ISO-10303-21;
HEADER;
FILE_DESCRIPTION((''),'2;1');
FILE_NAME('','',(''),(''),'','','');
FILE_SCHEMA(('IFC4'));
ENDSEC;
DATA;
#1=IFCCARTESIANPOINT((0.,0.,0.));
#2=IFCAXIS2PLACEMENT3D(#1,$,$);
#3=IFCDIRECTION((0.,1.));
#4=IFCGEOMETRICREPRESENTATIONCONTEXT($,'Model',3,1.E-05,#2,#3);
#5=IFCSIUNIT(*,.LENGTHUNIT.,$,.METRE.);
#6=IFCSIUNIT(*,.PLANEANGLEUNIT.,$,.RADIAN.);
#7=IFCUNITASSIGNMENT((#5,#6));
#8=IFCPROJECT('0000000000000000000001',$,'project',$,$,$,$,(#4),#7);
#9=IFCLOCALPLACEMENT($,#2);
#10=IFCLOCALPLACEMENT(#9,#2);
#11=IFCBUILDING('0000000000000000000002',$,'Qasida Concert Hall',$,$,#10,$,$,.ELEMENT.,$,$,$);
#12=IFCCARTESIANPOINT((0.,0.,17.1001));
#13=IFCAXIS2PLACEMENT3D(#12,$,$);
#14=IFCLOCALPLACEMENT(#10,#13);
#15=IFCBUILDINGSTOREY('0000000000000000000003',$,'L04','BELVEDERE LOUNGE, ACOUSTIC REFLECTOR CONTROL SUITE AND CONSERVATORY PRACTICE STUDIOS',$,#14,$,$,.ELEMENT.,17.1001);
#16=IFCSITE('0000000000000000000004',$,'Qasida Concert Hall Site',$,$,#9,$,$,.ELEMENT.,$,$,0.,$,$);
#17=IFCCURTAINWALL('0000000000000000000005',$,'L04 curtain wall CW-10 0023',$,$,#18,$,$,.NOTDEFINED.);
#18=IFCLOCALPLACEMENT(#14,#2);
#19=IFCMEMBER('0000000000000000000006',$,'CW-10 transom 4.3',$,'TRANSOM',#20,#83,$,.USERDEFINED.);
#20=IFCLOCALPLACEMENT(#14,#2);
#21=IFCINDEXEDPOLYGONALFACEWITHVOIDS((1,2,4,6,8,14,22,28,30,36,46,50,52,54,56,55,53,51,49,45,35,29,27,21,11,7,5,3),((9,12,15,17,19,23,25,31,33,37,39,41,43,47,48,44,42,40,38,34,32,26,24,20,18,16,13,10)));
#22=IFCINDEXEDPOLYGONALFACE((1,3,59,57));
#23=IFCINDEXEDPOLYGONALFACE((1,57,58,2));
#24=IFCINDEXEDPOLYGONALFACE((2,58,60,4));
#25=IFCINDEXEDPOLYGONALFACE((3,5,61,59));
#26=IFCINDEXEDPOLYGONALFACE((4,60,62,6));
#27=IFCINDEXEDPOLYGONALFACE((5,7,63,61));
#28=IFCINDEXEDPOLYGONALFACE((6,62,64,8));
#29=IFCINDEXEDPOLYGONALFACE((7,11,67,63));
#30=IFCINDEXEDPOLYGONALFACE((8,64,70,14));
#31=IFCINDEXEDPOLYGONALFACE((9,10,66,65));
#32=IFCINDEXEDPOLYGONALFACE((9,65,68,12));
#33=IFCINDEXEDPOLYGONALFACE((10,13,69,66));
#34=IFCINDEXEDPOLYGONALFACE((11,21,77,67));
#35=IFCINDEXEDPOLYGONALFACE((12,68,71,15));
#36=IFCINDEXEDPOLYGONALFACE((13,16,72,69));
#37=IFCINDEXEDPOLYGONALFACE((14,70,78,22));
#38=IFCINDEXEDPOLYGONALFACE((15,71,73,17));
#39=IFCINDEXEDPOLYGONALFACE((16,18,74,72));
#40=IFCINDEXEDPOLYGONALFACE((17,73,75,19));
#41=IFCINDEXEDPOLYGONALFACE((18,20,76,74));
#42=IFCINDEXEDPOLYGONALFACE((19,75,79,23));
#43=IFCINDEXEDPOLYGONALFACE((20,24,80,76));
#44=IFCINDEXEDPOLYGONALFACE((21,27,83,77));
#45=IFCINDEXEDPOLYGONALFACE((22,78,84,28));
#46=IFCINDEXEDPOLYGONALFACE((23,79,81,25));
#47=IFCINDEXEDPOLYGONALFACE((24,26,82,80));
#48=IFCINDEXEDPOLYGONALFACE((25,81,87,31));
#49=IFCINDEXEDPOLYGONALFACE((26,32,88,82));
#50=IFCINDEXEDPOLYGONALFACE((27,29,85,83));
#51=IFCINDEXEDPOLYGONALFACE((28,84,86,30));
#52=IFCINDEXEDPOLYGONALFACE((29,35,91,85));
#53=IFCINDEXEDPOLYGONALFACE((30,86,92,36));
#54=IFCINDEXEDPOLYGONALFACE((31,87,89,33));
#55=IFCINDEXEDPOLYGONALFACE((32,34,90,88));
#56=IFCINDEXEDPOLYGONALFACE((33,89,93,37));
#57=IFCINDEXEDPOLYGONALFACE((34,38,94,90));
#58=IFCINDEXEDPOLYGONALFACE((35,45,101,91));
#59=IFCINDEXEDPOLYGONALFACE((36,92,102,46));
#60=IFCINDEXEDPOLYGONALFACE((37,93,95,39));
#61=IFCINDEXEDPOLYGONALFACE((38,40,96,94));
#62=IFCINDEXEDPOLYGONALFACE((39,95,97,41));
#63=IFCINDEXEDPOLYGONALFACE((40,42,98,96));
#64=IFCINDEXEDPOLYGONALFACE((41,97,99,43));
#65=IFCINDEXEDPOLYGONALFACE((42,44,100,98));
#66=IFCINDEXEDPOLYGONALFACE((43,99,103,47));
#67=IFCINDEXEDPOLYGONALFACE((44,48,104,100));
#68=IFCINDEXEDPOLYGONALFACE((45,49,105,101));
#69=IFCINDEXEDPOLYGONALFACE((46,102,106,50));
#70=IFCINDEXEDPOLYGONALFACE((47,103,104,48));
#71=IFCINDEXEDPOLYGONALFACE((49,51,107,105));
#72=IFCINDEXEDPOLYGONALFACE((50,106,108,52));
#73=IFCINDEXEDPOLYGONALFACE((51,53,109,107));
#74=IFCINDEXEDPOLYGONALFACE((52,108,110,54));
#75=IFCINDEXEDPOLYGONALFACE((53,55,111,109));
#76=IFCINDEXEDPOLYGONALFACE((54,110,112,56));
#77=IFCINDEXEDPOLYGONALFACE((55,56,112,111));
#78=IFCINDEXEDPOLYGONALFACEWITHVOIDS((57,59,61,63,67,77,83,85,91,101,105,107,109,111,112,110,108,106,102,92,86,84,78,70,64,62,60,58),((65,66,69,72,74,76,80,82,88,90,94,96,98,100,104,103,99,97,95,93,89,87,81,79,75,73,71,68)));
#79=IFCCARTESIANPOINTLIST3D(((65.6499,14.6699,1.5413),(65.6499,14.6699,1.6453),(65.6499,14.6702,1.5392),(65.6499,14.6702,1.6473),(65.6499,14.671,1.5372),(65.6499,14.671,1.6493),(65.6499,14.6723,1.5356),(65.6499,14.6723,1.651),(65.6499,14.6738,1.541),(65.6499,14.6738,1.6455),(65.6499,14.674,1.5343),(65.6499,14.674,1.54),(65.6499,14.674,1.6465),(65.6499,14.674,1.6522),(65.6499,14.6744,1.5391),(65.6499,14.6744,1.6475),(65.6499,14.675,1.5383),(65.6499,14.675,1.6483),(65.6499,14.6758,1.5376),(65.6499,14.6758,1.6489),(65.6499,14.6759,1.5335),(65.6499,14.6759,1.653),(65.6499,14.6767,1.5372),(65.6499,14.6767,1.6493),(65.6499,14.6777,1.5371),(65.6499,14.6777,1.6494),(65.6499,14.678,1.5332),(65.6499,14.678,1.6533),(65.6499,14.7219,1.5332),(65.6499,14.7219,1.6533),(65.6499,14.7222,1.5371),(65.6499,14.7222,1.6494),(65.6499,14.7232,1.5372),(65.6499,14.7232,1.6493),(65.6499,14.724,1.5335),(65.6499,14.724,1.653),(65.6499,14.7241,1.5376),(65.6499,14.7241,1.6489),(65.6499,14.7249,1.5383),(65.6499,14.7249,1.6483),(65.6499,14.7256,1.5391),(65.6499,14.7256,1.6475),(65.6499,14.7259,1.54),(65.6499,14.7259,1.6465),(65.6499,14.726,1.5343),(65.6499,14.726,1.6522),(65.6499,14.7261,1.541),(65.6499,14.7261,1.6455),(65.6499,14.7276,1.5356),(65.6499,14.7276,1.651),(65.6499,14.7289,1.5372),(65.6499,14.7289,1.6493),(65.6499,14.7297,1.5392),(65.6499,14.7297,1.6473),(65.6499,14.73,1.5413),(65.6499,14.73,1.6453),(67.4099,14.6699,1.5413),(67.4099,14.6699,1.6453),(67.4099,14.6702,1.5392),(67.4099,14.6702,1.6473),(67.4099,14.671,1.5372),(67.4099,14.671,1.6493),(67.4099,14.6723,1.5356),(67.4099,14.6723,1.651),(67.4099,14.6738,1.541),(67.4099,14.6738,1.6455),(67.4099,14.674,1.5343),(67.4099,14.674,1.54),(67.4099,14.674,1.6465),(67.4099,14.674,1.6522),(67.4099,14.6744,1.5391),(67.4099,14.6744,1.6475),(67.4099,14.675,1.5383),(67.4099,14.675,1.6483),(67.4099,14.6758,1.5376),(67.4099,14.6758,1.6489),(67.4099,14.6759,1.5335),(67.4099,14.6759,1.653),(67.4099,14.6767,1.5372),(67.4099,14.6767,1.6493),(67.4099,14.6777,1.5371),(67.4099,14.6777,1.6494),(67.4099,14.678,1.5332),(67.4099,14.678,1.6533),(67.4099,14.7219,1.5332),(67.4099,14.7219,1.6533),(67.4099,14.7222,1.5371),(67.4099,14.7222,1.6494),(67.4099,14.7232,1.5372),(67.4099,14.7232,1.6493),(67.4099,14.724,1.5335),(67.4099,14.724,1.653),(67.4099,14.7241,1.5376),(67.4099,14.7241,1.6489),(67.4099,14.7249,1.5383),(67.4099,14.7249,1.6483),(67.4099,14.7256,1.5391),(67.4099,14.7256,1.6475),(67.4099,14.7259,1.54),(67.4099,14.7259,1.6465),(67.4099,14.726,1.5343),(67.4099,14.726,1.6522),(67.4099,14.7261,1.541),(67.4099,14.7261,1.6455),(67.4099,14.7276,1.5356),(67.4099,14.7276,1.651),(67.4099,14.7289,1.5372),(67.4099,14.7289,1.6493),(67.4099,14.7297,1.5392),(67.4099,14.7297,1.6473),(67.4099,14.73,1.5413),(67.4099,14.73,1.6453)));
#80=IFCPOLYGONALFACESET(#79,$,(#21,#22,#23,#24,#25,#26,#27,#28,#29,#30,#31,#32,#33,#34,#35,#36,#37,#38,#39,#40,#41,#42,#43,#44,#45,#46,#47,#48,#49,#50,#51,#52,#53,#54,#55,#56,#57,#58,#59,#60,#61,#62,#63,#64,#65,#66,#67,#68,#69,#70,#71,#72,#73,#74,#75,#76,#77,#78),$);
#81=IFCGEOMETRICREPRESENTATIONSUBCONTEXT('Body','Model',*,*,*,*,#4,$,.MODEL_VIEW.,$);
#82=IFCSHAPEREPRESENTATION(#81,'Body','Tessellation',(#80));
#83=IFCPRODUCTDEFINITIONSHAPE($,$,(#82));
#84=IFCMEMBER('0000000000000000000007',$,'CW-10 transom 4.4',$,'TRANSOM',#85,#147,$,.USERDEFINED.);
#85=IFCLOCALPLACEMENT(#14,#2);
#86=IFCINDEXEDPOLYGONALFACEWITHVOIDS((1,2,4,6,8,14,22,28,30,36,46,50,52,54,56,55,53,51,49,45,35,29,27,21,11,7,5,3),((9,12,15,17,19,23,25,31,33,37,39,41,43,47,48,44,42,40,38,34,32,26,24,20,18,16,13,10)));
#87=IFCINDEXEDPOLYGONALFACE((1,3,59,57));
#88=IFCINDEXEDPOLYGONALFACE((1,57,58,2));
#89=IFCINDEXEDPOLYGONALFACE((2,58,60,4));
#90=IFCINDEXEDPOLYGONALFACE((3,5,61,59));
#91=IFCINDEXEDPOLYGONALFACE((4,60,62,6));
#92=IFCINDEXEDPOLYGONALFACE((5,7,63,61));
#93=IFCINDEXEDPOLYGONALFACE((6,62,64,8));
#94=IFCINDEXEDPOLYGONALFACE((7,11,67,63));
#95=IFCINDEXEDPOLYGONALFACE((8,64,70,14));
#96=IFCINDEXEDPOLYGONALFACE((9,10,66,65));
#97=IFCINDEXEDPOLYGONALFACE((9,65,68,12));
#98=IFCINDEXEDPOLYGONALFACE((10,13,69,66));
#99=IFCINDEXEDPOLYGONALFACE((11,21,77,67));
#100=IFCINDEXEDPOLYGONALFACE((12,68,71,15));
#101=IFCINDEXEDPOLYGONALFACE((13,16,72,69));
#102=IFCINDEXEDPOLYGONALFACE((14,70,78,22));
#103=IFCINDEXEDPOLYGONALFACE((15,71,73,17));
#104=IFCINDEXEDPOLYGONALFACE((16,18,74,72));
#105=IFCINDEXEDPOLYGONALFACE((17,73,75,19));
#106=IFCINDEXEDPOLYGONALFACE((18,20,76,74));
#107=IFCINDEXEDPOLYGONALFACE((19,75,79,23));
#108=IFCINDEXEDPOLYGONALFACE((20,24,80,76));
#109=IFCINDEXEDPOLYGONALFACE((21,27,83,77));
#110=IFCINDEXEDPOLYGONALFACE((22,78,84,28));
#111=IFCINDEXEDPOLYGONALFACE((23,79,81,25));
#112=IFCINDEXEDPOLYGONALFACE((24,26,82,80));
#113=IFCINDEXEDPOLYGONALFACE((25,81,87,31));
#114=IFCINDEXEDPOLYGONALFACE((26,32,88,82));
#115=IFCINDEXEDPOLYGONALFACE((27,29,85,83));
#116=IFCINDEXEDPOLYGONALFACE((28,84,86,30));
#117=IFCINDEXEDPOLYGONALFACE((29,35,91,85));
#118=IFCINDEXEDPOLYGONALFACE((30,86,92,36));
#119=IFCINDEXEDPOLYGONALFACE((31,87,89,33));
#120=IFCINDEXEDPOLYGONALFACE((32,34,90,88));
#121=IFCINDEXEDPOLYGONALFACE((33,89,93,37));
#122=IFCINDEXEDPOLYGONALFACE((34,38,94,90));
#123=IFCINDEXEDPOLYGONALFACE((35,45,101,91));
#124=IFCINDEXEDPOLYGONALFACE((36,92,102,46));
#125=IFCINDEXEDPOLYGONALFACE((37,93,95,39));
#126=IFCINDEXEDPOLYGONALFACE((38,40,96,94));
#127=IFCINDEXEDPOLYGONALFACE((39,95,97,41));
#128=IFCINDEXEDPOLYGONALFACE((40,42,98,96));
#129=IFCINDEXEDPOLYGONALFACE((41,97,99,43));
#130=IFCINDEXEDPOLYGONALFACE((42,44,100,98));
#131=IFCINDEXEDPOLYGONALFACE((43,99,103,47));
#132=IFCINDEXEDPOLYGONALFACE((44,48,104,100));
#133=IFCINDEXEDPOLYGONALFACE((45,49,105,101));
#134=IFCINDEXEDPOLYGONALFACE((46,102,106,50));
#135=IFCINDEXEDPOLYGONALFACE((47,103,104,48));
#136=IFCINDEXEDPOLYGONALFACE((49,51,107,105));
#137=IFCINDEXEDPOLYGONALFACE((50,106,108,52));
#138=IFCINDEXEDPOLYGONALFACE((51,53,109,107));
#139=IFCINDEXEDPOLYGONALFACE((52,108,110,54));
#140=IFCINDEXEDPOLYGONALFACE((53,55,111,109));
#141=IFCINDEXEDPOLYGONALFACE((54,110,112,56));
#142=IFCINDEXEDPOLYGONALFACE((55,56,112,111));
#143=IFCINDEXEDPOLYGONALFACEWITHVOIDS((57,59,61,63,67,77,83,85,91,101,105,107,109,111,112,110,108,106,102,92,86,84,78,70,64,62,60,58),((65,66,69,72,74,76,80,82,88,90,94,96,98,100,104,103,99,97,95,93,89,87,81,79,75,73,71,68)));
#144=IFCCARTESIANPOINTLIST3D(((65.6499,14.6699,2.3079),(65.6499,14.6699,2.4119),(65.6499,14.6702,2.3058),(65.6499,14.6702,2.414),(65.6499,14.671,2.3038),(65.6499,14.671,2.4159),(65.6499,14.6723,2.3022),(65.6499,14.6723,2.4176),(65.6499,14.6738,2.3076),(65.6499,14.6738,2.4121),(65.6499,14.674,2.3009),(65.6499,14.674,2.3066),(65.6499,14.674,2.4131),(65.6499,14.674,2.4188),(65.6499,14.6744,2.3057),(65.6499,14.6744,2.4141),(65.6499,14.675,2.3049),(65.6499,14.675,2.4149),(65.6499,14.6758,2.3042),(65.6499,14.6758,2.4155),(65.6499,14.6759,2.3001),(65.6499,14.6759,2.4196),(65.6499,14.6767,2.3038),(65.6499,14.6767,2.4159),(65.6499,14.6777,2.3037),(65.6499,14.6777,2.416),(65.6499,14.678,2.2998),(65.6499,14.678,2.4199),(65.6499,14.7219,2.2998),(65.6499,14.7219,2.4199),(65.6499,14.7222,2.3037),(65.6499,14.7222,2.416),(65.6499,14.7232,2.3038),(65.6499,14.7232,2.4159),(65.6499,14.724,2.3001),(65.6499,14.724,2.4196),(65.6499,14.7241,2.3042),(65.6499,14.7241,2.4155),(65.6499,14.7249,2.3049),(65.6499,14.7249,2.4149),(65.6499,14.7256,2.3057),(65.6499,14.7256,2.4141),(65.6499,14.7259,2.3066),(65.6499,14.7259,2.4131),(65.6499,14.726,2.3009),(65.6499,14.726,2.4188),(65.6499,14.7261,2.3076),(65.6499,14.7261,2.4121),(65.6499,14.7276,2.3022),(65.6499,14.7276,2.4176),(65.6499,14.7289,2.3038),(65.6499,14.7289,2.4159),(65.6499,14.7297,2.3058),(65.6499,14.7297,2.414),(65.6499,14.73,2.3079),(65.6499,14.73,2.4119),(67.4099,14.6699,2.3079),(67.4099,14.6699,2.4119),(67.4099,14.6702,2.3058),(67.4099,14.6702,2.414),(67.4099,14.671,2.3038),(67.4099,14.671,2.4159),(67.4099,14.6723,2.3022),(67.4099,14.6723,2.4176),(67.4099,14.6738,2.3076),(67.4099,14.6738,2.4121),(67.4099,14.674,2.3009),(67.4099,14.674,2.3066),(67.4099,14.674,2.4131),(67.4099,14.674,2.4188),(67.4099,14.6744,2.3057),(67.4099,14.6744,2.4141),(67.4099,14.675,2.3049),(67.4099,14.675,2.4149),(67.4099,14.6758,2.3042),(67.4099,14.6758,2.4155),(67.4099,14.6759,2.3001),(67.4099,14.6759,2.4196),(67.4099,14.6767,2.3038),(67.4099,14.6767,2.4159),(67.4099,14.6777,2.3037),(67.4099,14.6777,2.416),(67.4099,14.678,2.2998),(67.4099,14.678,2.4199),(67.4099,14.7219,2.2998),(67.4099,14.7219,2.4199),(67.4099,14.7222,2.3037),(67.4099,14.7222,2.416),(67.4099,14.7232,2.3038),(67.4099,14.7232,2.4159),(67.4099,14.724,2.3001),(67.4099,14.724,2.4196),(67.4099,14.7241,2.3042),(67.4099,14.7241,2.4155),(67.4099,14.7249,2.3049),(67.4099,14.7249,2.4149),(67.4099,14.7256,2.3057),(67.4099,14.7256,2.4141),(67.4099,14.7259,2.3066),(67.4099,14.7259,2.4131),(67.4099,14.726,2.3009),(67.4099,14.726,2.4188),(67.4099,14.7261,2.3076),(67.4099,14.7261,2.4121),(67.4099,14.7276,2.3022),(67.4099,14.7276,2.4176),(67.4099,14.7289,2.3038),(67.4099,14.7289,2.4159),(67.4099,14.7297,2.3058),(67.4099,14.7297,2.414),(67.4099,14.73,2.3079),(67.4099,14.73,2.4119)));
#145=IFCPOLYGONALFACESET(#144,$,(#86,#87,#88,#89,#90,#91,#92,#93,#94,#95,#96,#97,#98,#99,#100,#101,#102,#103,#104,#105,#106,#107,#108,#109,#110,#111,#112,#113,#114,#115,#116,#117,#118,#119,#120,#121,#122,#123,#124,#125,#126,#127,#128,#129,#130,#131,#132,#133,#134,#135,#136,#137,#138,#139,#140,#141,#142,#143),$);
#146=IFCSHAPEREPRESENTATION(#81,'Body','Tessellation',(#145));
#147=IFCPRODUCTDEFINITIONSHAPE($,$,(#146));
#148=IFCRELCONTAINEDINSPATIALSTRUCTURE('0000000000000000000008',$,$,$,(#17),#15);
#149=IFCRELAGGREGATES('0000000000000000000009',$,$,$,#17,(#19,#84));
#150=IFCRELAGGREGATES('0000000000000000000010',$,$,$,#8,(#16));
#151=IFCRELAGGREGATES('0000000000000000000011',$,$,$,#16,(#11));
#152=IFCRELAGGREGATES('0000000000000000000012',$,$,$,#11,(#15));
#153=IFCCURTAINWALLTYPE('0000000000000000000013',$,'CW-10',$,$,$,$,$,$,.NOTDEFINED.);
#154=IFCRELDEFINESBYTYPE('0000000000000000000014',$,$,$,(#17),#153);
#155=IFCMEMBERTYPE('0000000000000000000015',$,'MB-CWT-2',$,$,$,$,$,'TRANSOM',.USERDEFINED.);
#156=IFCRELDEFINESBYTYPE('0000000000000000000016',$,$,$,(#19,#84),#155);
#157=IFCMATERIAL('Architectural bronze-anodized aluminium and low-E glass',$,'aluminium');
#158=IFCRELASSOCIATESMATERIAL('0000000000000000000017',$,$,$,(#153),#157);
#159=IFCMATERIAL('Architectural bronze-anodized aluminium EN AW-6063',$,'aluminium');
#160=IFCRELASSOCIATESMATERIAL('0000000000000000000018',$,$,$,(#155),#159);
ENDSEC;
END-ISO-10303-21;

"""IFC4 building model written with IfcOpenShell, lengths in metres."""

from ifc_helpers import new_model, si_unit, direction, frame, origin, origin_2d, place, context, subcontext, project, spatial, hollow_rectangle, extrude, material, material_profile, profile_set, type_object, element, aggregate, save


model = new_model("IFC4")

# Units and contexts
model_context = context("Model", 3, precision=1e-05, world=origin(), true_north=direction((0.0, 1.0)))
body_context = subcontext(model_context, "Body", "Model", "MODEL_VIEW")
ifc_project = project(units=[si_unit("LENGTHUNIT", "METRE"), si_unit("PLANEANGLEUNIT", "RADIAN")], contexts=[model_context])

# Site, building, storey
site_placement = place(None, origin())
site = spatial("IfcSite", under=ifc_project, at=site_placement, Name="Qasida Concert Hall Site", CompositionType="ELEMENT", RefElevation=0.0)
building_placement = place(site_placement, origin())
building = spatial("IfcBuilding", under=site, at=building_placement, Name="Qasida Concert Hall", CompositionType="ELEMENT")
storey_placement = place(building_placement, frame((0.0, 0.0, 17.1001)))
storey = spatial("IfcBuildingStorey", under=building, at=storey_placement, Name="L04", Description="BELVEDERE LOUNGE, ACOUSTIC REFLECTOR CONTROL SUITE AND CONSERVATORY PRACTICE STUDIOS", CompositionType="ELEMENT", Elevation=17.1001)

# Curtain wall
ifc_material_1 = material(Name="Architectural bronze-anodized aluminium and low-E glass", Category="aluminium")
curtain_wall_type = type_object("IfcCurtainWallType", Name="CW-10", PredefinedType="NOTDEFINED", material=ifc_material_1)
curtain_wall_1_placement = place(storey_placement, origin())
curtain_wall_1 = element("IfcCurtainWall", 1, at=curtain_wall_1_placement, inside=storey, type_object=curtain_wall_type, Name="L04 curtain wall CW-10 0023", PredefinedType="NOTDEFINED")
ifc_material_2 = material(Name="Architectural bronze-anodized aluminium EN AW-6063", Category="aluminium")

# Members
ifc_material_profile_1 = material_profile(ifc_material_2, hollow_rectangle(XDim=0.0601, YDim=0.1201, WallThickness=0.0039, InnerFilletRadius=0.0039, OuterFilletRadius=0.0081, at=origin_2d()), Name="CWT 120x60x4")
ifc_profile_set_1 = profile_set([ifc_material_profile_1], Name="Architectural bronze-anodized aluminium EN AW-6063")
member_type_1 = type_object("IfcMemberType", Name="MB-CWT-2", ElementType="TRANSOM", PredefinedType="USERDEFINED", material=ifc_profile_set_1)
member_1_placement = place(storey_placement, frame((65.6499, 14.7, 1.5933), z_axis=(1.0, 0.0, 0.0), x_axis=(0.0, 1.0, 0.0)))
member_1 = element("IfcMember", 2, at=member_1_placement, type_object=member_type_1, Name="CW-10 transom 4.3", ObjectType="TRANSOM", PredefinedType="USERDEFINED", context=body_context, shape_type="SweptSolid", body=[
    extrude(hollow_rectangle(XDim=0.0601, YDim=0.1201, WallThickness=0.0039, InnerFilletRadius=0.0039, OuterFilletRadius=0.0081, at=origin_2d()), origin(), (0.0, 0.0, 1.0), 1.76),
])
member_2_placement = place(storey_placement, frame((65.6499, 14.7, 2.3599), z_axis=(1.0, 0.0, 0.0), x_axis=(0.0, 1.0, 0.0)))
member_2 = element("IfcMember", 3, at=member_2_placement, type_object=member_type_1, Name="CW-10 transom 4.4", ObjectType="TRANSOM", PredefinedType="USERDEFINED", context=body_context, shape_type="SweptSolid", body=[
    extrude(hollow_rectangle(XDim=0.0601, YDim=0.1201, WallThickness=0.0039, InnerFilletRadius=0.0039, OuterFilletRadius=0.0081, at=origin_2d()), origin(), (0.0, 0.0, 1.0), 1.76),
])

aggregate(curtain_wall_1, [member_1, member_2])

save(model, "model.ifc")
